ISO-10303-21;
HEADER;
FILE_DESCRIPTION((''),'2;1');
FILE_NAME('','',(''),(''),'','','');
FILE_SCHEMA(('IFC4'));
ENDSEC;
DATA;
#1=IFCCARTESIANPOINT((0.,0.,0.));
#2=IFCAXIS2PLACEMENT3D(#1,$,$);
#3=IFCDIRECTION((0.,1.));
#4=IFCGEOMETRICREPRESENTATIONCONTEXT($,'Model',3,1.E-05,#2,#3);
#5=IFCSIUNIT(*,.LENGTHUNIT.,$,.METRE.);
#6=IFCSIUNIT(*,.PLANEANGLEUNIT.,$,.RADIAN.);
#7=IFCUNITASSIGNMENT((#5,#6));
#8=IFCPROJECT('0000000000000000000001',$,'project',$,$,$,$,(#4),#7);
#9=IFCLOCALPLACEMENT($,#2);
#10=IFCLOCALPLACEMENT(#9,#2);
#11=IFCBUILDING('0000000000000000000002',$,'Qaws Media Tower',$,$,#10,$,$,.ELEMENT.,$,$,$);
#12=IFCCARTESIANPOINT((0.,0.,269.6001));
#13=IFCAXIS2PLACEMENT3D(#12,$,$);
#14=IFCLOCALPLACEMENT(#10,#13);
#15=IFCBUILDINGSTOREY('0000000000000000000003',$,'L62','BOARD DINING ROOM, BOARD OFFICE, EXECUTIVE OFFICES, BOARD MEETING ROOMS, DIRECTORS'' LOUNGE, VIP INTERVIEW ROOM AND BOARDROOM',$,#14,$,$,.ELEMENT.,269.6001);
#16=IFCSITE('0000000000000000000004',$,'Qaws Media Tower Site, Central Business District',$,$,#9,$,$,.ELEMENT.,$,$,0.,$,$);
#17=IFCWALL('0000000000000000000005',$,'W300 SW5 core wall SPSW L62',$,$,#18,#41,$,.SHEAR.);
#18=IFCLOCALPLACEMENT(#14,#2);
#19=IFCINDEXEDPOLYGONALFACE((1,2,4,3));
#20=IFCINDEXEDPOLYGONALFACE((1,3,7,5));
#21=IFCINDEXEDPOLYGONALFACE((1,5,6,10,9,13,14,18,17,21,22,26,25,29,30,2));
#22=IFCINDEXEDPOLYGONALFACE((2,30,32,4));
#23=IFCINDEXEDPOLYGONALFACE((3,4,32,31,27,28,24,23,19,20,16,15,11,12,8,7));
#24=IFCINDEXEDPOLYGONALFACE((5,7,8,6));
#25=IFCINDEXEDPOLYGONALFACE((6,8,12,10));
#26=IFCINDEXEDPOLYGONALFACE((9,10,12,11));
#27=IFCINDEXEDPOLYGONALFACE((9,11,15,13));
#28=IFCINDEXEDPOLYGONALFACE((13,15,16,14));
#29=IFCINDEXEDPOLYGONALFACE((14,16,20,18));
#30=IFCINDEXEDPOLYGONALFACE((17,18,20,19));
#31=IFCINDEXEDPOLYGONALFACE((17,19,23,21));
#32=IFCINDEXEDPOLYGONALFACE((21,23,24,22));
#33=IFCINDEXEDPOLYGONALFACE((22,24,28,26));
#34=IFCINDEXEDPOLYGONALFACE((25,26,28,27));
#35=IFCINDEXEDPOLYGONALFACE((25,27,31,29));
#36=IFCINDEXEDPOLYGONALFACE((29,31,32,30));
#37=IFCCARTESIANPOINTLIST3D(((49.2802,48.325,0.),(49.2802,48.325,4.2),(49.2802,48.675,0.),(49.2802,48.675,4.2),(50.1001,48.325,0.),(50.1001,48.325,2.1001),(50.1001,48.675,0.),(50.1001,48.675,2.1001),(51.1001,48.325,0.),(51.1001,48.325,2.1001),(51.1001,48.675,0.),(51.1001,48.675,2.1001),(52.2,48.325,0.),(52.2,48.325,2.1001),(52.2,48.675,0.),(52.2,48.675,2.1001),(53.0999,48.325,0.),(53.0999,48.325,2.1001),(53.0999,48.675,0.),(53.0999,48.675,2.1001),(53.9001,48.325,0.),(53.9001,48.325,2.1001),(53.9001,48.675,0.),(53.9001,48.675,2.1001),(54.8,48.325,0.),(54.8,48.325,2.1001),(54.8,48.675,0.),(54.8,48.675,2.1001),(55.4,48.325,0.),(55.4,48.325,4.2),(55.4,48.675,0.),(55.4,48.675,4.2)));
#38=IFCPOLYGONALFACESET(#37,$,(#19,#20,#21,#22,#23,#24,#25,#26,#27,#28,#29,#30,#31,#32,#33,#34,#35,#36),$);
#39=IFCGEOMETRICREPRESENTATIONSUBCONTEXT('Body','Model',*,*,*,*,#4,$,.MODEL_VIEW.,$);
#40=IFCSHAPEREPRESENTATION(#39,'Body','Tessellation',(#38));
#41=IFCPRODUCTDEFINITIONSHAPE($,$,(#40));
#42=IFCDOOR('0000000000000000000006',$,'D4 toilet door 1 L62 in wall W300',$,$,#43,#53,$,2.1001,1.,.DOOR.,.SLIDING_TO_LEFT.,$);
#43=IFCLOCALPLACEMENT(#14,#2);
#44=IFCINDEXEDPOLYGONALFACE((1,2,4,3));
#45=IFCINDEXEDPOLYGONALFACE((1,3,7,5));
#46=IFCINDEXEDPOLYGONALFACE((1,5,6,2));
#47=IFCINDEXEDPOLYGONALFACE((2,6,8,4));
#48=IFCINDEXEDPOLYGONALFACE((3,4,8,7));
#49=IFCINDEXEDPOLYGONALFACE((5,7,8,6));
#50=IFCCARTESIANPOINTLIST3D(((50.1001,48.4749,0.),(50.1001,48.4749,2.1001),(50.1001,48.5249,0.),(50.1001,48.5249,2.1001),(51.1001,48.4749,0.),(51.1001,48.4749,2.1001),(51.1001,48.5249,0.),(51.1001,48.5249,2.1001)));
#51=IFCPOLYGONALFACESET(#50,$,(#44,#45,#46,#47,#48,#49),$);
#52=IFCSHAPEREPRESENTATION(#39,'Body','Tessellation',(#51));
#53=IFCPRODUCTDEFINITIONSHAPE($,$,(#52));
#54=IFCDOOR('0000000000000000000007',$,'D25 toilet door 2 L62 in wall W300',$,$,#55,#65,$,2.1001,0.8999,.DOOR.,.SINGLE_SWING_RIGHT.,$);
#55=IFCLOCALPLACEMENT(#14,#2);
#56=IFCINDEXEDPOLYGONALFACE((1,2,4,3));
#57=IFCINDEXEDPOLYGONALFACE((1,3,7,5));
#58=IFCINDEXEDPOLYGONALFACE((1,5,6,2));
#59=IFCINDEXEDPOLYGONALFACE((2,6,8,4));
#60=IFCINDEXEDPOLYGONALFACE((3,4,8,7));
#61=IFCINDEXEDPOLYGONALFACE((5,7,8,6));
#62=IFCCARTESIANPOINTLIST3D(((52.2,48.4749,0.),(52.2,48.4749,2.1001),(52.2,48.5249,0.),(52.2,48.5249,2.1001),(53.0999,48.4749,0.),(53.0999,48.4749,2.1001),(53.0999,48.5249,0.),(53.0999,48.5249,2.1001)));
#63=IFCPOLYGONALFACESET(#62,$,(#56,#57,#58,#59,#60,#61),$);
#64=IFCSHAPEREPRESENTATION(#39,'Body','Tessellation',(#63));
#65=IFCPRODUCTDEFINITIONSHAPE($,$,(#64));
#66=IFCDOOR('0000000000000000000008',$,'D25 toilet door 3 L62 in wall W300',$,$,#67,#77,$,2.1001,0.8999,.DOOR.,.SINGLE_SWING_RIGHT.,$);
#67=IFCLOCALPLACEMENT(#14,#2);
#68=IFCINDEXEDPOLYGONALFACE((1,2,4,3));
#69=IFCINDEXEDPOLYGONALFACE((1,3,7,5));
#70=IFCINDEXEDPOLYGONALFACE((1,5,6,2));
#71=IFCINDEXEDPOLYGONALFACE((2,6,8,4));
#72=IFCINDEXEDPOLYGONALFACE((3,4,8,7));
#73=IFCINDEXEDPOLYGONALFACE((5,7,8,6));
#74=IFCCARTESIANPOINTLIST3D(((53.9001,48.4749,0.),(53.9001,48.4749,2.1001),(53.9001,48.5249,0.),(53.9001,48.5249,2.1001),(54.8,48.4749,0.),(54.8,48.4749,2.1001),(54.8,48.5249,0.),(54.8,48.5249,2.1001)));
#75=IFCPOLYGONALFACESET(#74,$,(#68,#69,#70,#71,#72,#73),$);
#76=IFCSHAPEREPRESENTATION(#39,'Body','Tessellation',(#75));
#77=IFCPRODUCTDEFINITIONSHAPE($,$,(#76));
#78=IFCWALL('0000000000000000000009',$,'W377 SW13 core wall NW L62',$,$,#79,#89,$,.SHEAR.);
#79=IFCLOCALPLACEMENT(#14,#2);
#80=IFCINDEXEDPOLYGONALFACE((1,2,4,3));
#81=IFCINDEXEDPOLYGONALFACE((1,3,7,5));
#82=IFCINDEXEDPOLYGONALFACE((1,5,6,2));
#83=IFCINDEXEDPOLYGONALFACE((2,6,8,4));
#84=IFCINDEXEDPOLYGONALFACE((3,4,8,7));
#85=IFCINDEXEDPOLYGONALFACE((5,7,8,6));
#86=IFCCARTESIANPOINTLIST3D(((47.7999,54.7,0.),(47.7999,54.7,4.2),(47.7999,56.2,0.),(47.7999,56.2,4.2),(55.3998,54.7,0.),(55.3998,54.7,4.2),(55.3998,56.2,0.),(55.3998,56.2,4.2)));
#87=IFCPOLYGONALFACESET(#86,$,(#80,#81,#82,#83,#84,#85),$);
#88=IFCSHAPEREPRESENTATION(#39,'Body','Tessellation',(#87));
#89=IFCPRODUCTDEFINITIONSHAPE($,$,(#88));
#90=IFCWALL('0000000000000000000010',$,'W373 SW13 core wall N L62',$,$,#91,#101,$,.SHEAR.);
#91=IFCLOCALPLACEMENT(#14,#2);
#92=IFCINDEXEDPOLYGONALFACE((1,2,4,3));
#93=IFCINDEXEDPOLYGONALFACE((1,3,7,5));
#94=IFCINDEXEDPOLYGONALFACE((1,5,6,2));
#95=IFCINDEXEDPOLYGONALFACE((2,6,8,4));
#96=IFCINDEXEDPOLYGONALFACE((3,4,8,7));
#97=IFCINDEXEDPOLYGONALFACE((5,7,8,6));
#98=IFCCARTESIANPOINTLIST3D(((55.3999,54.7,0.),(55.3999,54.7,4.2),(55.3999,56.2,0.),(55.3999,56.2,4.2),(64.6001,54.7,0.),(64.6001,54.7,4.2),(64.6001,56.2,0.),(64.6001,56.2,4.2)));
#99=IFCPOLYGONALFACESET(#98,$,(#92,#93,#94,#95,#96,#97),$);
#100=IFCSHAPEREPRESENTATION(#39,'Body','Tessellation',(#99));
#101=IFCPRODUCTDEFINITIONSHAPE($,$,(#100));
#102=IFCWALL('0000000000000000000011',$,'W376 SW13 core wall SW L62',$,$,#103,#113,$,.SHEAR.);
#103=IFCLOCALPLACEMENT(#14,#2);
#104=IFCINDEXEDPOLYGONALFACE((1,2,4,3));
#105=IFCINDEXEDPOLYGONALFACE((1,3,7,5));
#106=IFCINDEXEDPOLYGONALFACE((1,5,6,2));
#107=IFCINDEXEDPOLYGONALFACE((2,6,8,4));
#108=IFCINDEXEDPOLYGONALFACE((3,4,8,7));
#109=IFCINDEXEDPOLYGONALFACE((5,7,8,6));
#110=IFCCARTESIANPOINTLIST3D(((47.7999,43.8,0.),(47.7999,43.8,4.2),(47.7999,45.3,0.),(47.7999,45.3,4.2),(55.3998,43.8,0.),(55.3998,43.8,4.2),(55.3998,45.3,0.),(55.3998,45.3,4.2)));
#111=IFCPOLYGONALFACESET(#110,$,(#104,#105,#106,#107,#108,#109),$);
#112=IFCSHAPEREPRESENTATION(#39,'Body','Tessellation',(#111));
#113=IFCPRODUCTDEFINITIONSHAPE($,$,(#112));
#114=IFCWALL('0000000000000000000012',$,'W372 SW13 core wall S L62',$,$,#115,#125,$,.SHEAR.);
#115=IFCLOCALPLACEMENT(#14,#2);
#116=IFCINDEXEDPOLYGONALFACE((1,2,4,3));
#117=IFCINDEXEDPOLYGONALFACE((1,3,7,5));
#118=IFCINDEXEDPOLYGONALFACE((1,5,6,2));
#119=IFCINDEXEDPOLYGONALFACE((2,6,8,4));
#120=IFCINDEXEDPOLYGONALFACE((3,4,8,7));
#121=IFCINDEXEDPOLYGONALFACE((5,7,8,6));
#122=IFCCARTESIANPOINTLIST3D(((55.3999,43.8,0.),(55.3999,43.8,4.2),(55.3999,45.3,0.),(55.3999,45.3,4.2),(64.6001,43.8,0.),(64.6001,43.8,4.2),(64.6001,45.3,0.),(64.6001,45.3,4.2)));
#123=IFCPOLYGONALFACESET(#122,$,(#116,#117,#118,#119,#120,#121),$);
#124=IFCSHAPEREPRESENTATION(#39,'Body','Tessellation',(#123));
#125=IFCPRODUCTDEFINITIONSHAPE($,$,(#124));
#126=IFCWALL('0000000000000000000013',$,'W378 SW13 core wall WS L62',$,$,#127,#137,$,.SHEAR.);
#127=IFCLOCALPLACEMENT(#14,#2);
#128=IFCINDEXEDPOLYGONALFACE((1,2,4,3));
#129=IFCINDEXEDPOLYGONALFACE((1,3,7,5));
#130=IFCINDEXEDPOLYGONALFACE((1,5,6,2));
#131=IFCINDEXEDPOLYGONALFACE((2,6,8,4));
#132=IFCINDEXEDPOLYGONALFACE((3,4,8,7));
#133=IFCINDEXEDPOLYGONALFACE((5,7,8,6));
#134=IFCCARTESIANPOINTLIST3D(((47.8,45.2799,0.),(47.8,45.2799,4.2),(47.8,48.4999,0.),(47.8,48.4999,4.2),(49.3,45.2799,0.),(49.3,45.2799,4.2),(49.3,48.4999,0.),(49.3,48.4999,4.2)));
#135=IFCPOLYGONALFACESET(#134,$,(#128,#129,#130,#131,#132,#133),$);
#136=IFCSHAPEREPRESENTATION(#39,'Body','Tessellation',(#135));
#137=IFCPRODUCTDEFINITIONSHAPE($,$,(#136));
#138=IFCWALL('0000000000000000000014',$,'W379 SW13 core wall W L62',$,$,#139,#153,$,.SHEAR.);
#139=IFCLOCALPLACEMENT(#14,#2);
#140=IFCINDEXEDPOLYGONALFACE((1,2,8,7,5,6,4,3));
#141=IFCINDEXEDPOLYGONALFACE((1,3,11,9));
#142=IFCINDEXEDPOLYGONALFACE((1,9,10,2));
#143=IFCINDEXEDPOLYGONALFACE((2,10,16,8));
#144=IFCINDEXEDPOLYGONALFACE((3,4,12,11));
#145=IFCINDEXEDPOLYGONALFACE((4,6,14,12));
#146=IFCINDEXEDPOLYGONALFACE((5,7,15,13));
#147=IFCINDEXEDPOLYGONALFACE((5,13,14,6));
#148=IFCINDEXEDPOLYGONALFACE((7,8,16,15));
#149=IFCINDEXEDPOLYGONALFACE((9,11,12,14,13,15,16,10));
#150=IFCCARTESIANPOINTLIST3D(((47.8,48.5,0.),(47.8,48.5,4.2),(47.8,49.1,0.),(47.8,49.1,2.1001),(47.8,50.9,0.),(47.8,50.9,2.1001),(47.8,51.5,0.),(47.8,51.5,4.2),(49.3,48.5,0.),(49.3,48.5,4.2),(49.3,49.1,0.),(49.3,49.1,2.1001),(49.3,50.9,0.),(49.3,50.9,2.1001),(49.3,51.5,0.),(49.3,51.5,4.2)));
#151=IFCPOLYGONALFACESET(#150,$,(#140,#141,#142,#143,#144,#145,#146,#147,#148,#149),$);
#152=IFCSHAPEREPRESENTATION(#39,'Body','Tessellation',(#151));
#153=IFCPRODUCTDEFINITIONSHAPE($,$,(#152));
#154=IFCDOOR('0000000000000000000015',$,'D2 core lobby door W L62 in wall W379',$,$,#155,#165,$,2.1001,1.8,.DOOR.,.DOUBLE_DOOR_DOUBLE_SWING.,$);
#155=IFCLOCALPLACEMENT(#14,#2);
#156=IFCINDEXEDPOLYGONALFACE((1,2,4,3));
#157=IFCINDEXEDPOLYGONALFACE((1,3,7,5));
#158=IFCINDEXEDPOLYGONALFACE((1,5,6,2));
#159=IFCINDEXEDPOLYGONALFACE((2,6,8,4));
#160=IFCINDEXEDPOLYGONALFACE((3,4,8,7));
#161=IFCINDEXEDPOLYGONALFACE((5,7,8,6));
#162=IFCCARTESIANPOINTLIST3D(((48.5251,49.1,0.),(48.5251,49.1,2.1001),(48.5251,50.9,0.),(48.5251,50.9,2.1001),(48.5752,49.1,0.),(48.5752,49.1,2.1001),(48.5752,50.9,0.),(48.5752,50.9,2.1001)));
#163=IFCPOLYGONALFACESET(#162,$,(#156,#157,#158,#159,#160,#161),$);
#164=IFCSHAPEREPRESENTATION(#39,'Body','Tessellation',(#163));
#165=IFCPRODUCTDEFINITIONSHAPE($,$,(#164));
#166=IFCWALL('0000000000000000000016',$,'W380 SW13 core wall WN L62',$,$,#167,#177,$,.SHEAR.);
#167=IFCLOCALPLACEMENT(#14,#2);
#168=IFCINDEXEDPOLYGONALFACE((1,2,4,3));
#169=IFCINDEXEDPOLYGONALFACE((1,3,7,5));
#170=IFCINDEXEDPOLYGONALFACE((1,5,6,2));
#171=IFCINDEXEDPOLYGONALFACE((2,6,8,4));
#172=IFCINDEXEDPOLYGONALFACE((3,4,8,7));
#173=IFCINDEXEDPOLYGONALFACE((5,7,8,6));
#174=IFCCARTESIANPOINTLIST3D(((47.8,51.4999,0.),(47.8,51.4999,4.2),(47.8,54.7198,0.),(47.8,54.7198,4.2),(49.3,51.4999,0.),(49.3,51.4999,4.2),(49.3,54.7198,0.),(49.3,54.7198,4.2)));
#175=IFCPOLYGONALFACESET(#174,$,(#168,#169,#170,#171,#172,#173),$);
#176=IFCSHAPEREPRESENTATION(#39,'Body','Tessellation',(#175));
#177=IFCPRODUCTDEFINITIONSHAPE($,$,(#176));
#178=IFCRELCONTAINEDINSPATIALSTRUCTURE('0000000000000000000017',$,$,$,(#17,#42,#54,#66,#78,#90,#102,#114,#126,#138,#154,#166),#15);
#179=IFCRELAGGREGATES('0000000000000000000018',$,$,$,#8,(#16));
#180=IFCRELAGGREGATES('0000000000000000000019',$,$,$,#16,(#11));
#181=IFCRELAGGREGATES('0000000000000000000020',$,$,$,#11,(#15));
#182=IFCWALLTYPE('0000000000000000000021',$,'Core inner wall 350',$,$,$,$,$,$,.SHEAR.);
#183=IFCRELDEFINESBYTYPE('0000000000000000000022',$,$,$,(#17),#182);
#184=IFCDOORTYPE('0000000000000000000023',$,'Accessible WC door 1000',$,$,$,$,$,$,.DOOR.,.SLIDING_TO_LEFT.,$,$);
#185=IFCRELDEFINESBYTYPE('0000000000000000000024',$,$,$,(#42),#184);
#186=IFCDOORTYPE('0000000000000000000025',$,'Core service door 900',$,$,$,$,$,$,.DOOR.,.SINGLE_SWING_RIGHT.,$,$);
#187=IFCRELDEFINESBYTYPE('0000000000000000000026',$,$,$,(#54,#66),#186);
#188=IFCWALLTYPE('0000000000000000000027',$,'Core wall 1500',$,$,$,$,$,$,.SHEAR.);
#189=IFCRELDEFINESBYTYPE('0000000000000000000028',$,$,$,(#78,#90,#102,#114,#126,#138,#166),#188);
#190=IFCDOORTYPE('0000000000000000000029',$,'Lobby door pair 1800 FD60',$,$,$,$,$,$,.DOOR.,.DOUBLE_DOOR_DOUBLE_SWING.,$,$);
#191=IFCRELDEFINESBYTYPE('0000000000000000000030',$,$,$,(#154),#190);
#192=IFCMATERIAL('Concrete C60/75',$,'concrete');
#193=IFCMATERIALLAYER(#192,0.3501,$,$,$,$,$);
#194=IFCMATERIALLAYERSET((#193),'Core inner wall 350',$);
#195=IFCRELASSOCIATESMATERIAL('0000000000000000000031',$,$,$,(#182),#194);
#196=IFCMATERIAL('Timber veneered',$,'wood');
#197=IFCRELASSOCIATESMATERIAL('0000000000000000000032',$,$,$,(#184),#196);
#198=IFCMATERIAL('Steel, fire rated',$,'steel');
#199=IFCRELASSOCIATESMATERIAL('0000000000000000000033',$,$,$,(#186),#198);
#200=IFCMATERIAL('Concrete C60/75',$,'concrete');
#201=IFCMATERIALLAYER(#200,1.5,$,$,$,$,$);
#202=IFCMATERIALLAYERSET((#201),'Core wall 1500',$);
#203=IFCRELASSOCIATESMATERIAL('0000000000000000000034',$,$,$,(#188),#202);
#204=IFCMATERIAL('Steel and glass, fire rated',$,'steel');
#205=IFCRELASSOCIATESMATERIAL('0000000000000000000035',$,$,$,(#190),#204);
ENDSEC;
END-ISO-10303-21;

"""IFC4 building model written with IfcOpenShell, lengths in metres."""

from ifc_helpers import new_model, si_unit, direction, frame, frame_2d, origin, place, context, subcontext, project, spatial, rectangle, extrude, material, layer, layer_set, type_object, element, fill, save


model = new_model("IFC4")

# Units and contexts
model_context = context("Model", 3, precision=1e-05, world=origin(), true_north=direction((0.0, 1.0)))
body_context = subcontext(model_context, "Body", "Model", "MODEL_VIEW")
ifc_project = project(units=[si_unit("LENGTHUNIT", "METRE"), si_unit("PLANEANGLEUNIT", "RADIAN")], contexts=[model_context])

# Site, building, storey
site_placement = place(None, origin())
site = spatial("IfcSite", under=ifc_project, at=site_placement, Name="Qaws Media Tower Site, Central Business District", CompositionType="ELEMENT", RefElevation=0.0)
building_placement = place(site_placement, origin())
building = spatial("IfcBuilding", under=site, at=building_placement, Name="Qaws Media Tower", CompositionType="ELEMENT")
storey_placement = place(building_placement, frame((0.0, 0.0, 269.6001)))
storey = spatial("IfcBuildingStorey", under=building, at=storey_placement, Name="L62", Description="BOARD DINING ROOM, BOARD OFFICE, EXECUTIVE OFFICES, BOARD MEETING ROOMS, DIRECTORS' LOUNGE, VIP INTERVIEW ROOM AND BOARDROOM", CompositionType="ELEMENT", Elevation=269.6001)

# Shared definitions
ifc_material_1 = material(Name="Concrete C60/75", Category="concrete")
ifc_layer_1 = layer(ifc_material_1, 0.3501)
ifc_layer_set_1 = layer_set([ifc_layer_1], Name="Core inner wall 350")
wall_type_1 = type_object("IfcWallType", Name="Core inner wall 350", PredefinedType="SHEAR", material=ifc_layer_set_1)

# Wall, openings, doors
wall_1_placement = place(storey_placement, frame((49.28, 48.5, 0.0), z_axis=(0.0, 0.0, 1.0), x_axis=(1.0, 0.0, 0.0)))
wall_1 = element("IfcWall", 1, at=wall_1_placement, inside=storey, type_object=wall_type_1, Name="W300 SW5 core wall SPSW L62", PredefinedType="SHEAR", context=body_context, shape_type="SweptSolid", body=[
    extrude(rectangle(XDim=6.1199, YDim=0.3501, at=frame_2d((3.0601, 0.0))), origin(), (0.0, 0.0, 1.0), 4.2),
])
opening_1_placement = place(wall_1_placement, frame((0.8201, 0.0, 0.0)))
opening_1 = element("IfcOpeningElement", 2, at=opening_1_placement, cuts=wall_1, PredefinedType="OPENING", context=body_context, shape_type="SweptSolid", body=[
    extrude(rectangle(XDim=1.0, YDim=2.1001, at=frame_2d((0.5, 1.05))), frame((0.0, 0.1851, 0.0), z_axis=(0.0, -1.0, 0.0), x_axis=(1.0, 0.0, 0.0)), (0.0, 0.0, 1.0), 0.3701),
])
opening_2_placement = place(wall_1_placement, frame((2.9199, 0.0, 0.0)))
opening_2 = element("IfcOpeningElement", 3, at=opening_2_placement, cuts=wall_1, PredefinedType="OPENING", context=body_context, shape_type="SweptSolid", body=[
    extrude(rectangle(XDim=0.8999, YDim=2.1001, at=frame_2d((0.45, 1.05))), frame((0.0, 0.1851, 0.0), z_axis=(0.0, -1.0, 0.0), x_axis=(1.0, 0.0, 0.0)), (0.0, 0.0, 1.0), 0.3701),
])
opening_3_placement = place(wall_1_placement, frame((4.6201, 0.0, 0.0)))
opening_3 = element("IfcOpeningElement", 4, at=opening_3_placement, cuts=wall_1, PredefinedType="OPENING", context=body_context, shape_type="SweptSolid", body=[
    extrude(rectangle(XDim=0.8999, YDim=2.1001, at=frame_2d((0.45, 1.05))), frame((0.0, 0.1851, 0.0), z_axis=(0.0, -1.0, 0.0), x_axis=(1.0, 0.0, 0.0)), (0.0, 0.0, 1.0), 0.3701),
])
ifc_material_2 = material(Name="Timber veneered", Category="wood")
door_type_1 = type_object("IfcDoorType", Name="Accessible WC door 1000", OperationType="SLIDING_TO_LEFT", PredefinedType="DOOR", material=ifc_material_2)
door_1_placement = place(opening_1_placement, origin())
door_1 = element("IfcDoor", 5, at=door_1_placement, inside=storey, type_object=door_type_1, Name="D4 toilet door 1 L62 in wall W300", OperationType="SLIDING_TO_LEFT", OverallHeight=2.1001, OverallWidth=1.0, PredefinedType="DOOR", context=body_context, shape_type="SweptSolid", body=[
    extrude(rectangle(XDim=1.0, YDim=2.1001, at=frame_2d((0.5, 1.05))), frame((0.0, 0.0249, 0.0), z_axis=(0.0, -1.0, 0.0), x_axis=(1.0, 0.0, 0.0)), (0.0, 0.0, 1.0), 0.05),
])
fill(opening_1, door_1)
ifc_material_3 = material(Name="Steel, fire rated", Category="steel")
door_type_2 = type_object("IfcDoorType", Name="Core service door 900", OperationType="SINGLE_SWING_RIGHT", PredefinedType="DOOR", material=ifc_material_3)
door_2_placement = place(opening_2_placement, origin())
door_2 = element("IfcDoor", 6, at=door_2_placement, inside=storey, type_object=door_type_2, Name="D25 toilet door 2 L62 in wall W300", OperationType="SINGLE_SWING_RIGHT", OverallHeight=2.1001, OverallWidth=0.8999, PredefinedType="DOOR", context=body_context, shape_type="SweptSolid", body=[
    extrude(rectangle(XDim=0.8999, YDim=2.1001, at=frame_2d((0.45, 1.05))), frame((0.0, 0.0249, 0.0), z_axis=(0.0, -1.0, 0.0), x_axis=(1.0, 0.0, 0.0)), (0.0, 0.0, 1.0), 0.05),
])
fill(opening_2, door_2)
door_3_placement = place(opening_3_placement, origin())
door_3 = element("IfcDoor", 7, at=door_3_placement, inside=storey, type_object=door_type_2, Name="D25 toilet door 3 L62 in wall W300", OperationType="SINGLE_SWING_RIGHT", OverallHeight=2.1001, OverallWidth=0.8999, PredefinedType="DOOR", context=body_context, shape_type="SweptSolid", body=[
    extrude(rectangle(XDim=0.8999, YDim=2.1001, at=frame_2d((0.45, 1.05))), frame((0.0, 0.0249, 0.0), z_axis=(0.0, -1.0, 0.0), x_axis=(1.0, 0.0, 0.0)), (0.0, 0.0, 1.0), 0.05),
])
fill(opening_3, door_3)

# Walls
ifc_material_4 = material(Name="Concrete C60/75", Category="concrete")
ifc_layer_2 = layer(ifc_material_4, 1.5)
ifc_layer_set_2 = layer_set([ifc_layer_2], Name="Core wall 1500")
wall_type_2 = type_object("IfcWallType", Name="Core wall 1500", PredefinedType="SHEAR", material=ifc_layer_set_2)
wall_2_placement = place(storey_placement, frame((47.8, 55.45, 0.0), z_axis=(0.0, 0.0, 1.0), x_axis=(1.0, 0.0, 0.0)))
element("IfcWall", 8, at=wall_2_placement, inside=storey, type_object=wall_type_2, Name="W377 SW13 core wall NW L62", PredefinedType="SHEAR", context=body_context, shape_type="SweptSolid", body=[
    extrude(rectangle(XDim=7.5999, YDim=1.5, at=frame_2d((3.7998, 0.0))), origin(), (0.0, 0.0, 1.0), 4.2),
])
wall_3_placement = place(storey_placement, frame((55.3999, 55.45, 0.0), z_axis=(0.0, 0.0, 1.0), x_axis=(1.0, 0.0, 0.0)))
element("IfcWall", 9, at=wall_3_placement, inside=storey, type_object=wall_type_2, Name="W373 SW13 core wall N L62", PredefinedType="SHEAR", context=body_context, shape_type="SweptSolid", body=[
    extrude(rectangle(XDim=9.2002, YDim=1.5, at=frame_2d((4.6001, 0.0))), origin(), (0.0, 0.0, 1.0), 4.2),
])
wall_4_placement = place(storey_placement, frame((47.8, 44.55, 0.0), z_axis=(0.0, 0.0, 1.0), x_axis=(1.0, 0.0, 0.0)))
element("IfcWall", 10, at=wall_4_placement, inside=storey, type_object=wall_type_2, Name="W376 SW13 core wall SW L62", PredefinedType="SHEAR", context=body_context, shape_type="SweptSolid", body=[
    extrude(rectangle(XDim=7.5999, YDim=1.5, at=frame_2d((3.7998, 0.0))), origin(), (0.0, 0.0, 1.0), 4.2),
])
wall_5_placement = place(storey_placement, frame((55.3999, 44.55, 0.0), z_axis=(0.0, 0.0, 1.0), x_axis=(1.0, 0.0, 0.0)))
element("IfcWall", 11, at=wall_5_placement, inside=storey, type_object=wall_type_2, Name="W372 SW13 core wall S L62", PredefinedType="SHEAR", context=body_context, shape_type="SweptSolid", body=[
    extrude(rectangle(XDim=9.2002, YDim=1.5, at=frame_2d((4.6001, 0.0))), origin(), (0.0, 0.0, 1.0), 4.2),
])
wall_6_placement = place(storey_placement, frame((48.55, 45.28, 0.0), z_axis=(0.0, 0.0, 1.0), x_axis=(0.0, 1.0, 0.0)))
element("IfcWall", 12, at=wall_6_placement, inside=storey, type_object=wall_type_2, Name="W378 SW13 core wall WS L62", PredefinedType="SHEAR", context=body_context, shape_type="SweptSolid", body=[
    extrude(rectangle(XDim=3.22, YDim=1.5, at=frame_2d((1.6099, 0.0))), origin(), (0.0, 0.0, 1.0), 4.2),
])

# Wall, opening, door
wall_7_placement = place(storey_placement, frame((48.55, 48.5, 0.0), z_axis=(0.0, 0.0, 1.0), x_axis=(0.0, 1.0, 0.0)))
wall_7 = element("IfcWall", 13, at=wall_7_placement, inside=storey, type_object=wall_type_2, Name="W379 SW13 core wall W L62", PredefinedType="SHEAR", context=body_context, shape_type="SweptSolid", body=[
    extrude(rectangle(XDim=3.0, YDim=1.5, at=frame_2d((1.5, 0.0))), origin(), (0.0, 0.0, 1.0), 4.2),
])
opening_4_placement = place(wall_7_placement, frame((0.6001, 0.0, 0.0)))
opening_4 = element("IfcOpeningElement", 14, at=opening_4_placement, cuts=wall_7, PredefinedType="OPENING", context=body_context, shape_type="SweptSolid", body=[
    extrude(rectangle(XDim=1.8, YDim=2.1001, at=frame_2d((0.8999, 1.05))), frame((0.0, 0.76, 0.0), z_axis=(0.0, -1.0, 0.0), x_axis=(1.0, 0.0, 0.0)), (0.0, 0.0, 1.0), 1.52),
])
ifc_material_5 = material(Name="Steel and glass, fire rated", Category="steel")
door_type_3 = type_object("IfcDoorType", Name="Lobby door pair 1800 FD60", OperationType="DOUBLE_DOOR_DOUBLE_SWING", PredefinedType="DOOR", material=ifc_material_5)
door_4_placement = place(opening_4_placement, origin())
door_4 = element("IfcDoor", 15, at=door_4_placement, inside=storey, type_object=door_type_3, Name="D2 core lobby door W L62 in wall W379", OperationType="DOUBLE_DOOR_DOUBLE_SWING", OverallHeight=2.1001, OverallWidth=1.8, PredefinedType="DOOR", context=body_context, shape_type="SweptSolid", body=[
    extrude(rectangle(XDim=1.8, YDim=2.1001, at=frame_2d((0.8999, 1.05))), frame((0.0, 0.0249, 0.0), z_axis=(0.0, -1.0, 0.0), x_axis=(1.0, 0.0, 0.0)), (0.0, 0.0, 1.0), 0.05),
])
fill(opening_4, door_4)

# Wall
wall_8_placement = place(storey_placement, frame((48.55, 51.5, 0.0), z_axis=(0.0, 0.0, 1.0), x_axis=(0.0, 1.0, 0.0)))
element("IfcWall", 16, at=wall_8_placement, inside=storey, type_object=wall_type_2, Name="W380 SW13 core wall WN L62", PredefinedType="SHEAR", context=body_context, shape_type="SweptSolid", body=[
    extrude(rectangle(XDim=3.22, YDim=1.5, at=frame_2d((1.6099, 0.0))), origin(), (0.0, 0.0, 1.0), 4.2),
])

save(model, "model.ifc")
